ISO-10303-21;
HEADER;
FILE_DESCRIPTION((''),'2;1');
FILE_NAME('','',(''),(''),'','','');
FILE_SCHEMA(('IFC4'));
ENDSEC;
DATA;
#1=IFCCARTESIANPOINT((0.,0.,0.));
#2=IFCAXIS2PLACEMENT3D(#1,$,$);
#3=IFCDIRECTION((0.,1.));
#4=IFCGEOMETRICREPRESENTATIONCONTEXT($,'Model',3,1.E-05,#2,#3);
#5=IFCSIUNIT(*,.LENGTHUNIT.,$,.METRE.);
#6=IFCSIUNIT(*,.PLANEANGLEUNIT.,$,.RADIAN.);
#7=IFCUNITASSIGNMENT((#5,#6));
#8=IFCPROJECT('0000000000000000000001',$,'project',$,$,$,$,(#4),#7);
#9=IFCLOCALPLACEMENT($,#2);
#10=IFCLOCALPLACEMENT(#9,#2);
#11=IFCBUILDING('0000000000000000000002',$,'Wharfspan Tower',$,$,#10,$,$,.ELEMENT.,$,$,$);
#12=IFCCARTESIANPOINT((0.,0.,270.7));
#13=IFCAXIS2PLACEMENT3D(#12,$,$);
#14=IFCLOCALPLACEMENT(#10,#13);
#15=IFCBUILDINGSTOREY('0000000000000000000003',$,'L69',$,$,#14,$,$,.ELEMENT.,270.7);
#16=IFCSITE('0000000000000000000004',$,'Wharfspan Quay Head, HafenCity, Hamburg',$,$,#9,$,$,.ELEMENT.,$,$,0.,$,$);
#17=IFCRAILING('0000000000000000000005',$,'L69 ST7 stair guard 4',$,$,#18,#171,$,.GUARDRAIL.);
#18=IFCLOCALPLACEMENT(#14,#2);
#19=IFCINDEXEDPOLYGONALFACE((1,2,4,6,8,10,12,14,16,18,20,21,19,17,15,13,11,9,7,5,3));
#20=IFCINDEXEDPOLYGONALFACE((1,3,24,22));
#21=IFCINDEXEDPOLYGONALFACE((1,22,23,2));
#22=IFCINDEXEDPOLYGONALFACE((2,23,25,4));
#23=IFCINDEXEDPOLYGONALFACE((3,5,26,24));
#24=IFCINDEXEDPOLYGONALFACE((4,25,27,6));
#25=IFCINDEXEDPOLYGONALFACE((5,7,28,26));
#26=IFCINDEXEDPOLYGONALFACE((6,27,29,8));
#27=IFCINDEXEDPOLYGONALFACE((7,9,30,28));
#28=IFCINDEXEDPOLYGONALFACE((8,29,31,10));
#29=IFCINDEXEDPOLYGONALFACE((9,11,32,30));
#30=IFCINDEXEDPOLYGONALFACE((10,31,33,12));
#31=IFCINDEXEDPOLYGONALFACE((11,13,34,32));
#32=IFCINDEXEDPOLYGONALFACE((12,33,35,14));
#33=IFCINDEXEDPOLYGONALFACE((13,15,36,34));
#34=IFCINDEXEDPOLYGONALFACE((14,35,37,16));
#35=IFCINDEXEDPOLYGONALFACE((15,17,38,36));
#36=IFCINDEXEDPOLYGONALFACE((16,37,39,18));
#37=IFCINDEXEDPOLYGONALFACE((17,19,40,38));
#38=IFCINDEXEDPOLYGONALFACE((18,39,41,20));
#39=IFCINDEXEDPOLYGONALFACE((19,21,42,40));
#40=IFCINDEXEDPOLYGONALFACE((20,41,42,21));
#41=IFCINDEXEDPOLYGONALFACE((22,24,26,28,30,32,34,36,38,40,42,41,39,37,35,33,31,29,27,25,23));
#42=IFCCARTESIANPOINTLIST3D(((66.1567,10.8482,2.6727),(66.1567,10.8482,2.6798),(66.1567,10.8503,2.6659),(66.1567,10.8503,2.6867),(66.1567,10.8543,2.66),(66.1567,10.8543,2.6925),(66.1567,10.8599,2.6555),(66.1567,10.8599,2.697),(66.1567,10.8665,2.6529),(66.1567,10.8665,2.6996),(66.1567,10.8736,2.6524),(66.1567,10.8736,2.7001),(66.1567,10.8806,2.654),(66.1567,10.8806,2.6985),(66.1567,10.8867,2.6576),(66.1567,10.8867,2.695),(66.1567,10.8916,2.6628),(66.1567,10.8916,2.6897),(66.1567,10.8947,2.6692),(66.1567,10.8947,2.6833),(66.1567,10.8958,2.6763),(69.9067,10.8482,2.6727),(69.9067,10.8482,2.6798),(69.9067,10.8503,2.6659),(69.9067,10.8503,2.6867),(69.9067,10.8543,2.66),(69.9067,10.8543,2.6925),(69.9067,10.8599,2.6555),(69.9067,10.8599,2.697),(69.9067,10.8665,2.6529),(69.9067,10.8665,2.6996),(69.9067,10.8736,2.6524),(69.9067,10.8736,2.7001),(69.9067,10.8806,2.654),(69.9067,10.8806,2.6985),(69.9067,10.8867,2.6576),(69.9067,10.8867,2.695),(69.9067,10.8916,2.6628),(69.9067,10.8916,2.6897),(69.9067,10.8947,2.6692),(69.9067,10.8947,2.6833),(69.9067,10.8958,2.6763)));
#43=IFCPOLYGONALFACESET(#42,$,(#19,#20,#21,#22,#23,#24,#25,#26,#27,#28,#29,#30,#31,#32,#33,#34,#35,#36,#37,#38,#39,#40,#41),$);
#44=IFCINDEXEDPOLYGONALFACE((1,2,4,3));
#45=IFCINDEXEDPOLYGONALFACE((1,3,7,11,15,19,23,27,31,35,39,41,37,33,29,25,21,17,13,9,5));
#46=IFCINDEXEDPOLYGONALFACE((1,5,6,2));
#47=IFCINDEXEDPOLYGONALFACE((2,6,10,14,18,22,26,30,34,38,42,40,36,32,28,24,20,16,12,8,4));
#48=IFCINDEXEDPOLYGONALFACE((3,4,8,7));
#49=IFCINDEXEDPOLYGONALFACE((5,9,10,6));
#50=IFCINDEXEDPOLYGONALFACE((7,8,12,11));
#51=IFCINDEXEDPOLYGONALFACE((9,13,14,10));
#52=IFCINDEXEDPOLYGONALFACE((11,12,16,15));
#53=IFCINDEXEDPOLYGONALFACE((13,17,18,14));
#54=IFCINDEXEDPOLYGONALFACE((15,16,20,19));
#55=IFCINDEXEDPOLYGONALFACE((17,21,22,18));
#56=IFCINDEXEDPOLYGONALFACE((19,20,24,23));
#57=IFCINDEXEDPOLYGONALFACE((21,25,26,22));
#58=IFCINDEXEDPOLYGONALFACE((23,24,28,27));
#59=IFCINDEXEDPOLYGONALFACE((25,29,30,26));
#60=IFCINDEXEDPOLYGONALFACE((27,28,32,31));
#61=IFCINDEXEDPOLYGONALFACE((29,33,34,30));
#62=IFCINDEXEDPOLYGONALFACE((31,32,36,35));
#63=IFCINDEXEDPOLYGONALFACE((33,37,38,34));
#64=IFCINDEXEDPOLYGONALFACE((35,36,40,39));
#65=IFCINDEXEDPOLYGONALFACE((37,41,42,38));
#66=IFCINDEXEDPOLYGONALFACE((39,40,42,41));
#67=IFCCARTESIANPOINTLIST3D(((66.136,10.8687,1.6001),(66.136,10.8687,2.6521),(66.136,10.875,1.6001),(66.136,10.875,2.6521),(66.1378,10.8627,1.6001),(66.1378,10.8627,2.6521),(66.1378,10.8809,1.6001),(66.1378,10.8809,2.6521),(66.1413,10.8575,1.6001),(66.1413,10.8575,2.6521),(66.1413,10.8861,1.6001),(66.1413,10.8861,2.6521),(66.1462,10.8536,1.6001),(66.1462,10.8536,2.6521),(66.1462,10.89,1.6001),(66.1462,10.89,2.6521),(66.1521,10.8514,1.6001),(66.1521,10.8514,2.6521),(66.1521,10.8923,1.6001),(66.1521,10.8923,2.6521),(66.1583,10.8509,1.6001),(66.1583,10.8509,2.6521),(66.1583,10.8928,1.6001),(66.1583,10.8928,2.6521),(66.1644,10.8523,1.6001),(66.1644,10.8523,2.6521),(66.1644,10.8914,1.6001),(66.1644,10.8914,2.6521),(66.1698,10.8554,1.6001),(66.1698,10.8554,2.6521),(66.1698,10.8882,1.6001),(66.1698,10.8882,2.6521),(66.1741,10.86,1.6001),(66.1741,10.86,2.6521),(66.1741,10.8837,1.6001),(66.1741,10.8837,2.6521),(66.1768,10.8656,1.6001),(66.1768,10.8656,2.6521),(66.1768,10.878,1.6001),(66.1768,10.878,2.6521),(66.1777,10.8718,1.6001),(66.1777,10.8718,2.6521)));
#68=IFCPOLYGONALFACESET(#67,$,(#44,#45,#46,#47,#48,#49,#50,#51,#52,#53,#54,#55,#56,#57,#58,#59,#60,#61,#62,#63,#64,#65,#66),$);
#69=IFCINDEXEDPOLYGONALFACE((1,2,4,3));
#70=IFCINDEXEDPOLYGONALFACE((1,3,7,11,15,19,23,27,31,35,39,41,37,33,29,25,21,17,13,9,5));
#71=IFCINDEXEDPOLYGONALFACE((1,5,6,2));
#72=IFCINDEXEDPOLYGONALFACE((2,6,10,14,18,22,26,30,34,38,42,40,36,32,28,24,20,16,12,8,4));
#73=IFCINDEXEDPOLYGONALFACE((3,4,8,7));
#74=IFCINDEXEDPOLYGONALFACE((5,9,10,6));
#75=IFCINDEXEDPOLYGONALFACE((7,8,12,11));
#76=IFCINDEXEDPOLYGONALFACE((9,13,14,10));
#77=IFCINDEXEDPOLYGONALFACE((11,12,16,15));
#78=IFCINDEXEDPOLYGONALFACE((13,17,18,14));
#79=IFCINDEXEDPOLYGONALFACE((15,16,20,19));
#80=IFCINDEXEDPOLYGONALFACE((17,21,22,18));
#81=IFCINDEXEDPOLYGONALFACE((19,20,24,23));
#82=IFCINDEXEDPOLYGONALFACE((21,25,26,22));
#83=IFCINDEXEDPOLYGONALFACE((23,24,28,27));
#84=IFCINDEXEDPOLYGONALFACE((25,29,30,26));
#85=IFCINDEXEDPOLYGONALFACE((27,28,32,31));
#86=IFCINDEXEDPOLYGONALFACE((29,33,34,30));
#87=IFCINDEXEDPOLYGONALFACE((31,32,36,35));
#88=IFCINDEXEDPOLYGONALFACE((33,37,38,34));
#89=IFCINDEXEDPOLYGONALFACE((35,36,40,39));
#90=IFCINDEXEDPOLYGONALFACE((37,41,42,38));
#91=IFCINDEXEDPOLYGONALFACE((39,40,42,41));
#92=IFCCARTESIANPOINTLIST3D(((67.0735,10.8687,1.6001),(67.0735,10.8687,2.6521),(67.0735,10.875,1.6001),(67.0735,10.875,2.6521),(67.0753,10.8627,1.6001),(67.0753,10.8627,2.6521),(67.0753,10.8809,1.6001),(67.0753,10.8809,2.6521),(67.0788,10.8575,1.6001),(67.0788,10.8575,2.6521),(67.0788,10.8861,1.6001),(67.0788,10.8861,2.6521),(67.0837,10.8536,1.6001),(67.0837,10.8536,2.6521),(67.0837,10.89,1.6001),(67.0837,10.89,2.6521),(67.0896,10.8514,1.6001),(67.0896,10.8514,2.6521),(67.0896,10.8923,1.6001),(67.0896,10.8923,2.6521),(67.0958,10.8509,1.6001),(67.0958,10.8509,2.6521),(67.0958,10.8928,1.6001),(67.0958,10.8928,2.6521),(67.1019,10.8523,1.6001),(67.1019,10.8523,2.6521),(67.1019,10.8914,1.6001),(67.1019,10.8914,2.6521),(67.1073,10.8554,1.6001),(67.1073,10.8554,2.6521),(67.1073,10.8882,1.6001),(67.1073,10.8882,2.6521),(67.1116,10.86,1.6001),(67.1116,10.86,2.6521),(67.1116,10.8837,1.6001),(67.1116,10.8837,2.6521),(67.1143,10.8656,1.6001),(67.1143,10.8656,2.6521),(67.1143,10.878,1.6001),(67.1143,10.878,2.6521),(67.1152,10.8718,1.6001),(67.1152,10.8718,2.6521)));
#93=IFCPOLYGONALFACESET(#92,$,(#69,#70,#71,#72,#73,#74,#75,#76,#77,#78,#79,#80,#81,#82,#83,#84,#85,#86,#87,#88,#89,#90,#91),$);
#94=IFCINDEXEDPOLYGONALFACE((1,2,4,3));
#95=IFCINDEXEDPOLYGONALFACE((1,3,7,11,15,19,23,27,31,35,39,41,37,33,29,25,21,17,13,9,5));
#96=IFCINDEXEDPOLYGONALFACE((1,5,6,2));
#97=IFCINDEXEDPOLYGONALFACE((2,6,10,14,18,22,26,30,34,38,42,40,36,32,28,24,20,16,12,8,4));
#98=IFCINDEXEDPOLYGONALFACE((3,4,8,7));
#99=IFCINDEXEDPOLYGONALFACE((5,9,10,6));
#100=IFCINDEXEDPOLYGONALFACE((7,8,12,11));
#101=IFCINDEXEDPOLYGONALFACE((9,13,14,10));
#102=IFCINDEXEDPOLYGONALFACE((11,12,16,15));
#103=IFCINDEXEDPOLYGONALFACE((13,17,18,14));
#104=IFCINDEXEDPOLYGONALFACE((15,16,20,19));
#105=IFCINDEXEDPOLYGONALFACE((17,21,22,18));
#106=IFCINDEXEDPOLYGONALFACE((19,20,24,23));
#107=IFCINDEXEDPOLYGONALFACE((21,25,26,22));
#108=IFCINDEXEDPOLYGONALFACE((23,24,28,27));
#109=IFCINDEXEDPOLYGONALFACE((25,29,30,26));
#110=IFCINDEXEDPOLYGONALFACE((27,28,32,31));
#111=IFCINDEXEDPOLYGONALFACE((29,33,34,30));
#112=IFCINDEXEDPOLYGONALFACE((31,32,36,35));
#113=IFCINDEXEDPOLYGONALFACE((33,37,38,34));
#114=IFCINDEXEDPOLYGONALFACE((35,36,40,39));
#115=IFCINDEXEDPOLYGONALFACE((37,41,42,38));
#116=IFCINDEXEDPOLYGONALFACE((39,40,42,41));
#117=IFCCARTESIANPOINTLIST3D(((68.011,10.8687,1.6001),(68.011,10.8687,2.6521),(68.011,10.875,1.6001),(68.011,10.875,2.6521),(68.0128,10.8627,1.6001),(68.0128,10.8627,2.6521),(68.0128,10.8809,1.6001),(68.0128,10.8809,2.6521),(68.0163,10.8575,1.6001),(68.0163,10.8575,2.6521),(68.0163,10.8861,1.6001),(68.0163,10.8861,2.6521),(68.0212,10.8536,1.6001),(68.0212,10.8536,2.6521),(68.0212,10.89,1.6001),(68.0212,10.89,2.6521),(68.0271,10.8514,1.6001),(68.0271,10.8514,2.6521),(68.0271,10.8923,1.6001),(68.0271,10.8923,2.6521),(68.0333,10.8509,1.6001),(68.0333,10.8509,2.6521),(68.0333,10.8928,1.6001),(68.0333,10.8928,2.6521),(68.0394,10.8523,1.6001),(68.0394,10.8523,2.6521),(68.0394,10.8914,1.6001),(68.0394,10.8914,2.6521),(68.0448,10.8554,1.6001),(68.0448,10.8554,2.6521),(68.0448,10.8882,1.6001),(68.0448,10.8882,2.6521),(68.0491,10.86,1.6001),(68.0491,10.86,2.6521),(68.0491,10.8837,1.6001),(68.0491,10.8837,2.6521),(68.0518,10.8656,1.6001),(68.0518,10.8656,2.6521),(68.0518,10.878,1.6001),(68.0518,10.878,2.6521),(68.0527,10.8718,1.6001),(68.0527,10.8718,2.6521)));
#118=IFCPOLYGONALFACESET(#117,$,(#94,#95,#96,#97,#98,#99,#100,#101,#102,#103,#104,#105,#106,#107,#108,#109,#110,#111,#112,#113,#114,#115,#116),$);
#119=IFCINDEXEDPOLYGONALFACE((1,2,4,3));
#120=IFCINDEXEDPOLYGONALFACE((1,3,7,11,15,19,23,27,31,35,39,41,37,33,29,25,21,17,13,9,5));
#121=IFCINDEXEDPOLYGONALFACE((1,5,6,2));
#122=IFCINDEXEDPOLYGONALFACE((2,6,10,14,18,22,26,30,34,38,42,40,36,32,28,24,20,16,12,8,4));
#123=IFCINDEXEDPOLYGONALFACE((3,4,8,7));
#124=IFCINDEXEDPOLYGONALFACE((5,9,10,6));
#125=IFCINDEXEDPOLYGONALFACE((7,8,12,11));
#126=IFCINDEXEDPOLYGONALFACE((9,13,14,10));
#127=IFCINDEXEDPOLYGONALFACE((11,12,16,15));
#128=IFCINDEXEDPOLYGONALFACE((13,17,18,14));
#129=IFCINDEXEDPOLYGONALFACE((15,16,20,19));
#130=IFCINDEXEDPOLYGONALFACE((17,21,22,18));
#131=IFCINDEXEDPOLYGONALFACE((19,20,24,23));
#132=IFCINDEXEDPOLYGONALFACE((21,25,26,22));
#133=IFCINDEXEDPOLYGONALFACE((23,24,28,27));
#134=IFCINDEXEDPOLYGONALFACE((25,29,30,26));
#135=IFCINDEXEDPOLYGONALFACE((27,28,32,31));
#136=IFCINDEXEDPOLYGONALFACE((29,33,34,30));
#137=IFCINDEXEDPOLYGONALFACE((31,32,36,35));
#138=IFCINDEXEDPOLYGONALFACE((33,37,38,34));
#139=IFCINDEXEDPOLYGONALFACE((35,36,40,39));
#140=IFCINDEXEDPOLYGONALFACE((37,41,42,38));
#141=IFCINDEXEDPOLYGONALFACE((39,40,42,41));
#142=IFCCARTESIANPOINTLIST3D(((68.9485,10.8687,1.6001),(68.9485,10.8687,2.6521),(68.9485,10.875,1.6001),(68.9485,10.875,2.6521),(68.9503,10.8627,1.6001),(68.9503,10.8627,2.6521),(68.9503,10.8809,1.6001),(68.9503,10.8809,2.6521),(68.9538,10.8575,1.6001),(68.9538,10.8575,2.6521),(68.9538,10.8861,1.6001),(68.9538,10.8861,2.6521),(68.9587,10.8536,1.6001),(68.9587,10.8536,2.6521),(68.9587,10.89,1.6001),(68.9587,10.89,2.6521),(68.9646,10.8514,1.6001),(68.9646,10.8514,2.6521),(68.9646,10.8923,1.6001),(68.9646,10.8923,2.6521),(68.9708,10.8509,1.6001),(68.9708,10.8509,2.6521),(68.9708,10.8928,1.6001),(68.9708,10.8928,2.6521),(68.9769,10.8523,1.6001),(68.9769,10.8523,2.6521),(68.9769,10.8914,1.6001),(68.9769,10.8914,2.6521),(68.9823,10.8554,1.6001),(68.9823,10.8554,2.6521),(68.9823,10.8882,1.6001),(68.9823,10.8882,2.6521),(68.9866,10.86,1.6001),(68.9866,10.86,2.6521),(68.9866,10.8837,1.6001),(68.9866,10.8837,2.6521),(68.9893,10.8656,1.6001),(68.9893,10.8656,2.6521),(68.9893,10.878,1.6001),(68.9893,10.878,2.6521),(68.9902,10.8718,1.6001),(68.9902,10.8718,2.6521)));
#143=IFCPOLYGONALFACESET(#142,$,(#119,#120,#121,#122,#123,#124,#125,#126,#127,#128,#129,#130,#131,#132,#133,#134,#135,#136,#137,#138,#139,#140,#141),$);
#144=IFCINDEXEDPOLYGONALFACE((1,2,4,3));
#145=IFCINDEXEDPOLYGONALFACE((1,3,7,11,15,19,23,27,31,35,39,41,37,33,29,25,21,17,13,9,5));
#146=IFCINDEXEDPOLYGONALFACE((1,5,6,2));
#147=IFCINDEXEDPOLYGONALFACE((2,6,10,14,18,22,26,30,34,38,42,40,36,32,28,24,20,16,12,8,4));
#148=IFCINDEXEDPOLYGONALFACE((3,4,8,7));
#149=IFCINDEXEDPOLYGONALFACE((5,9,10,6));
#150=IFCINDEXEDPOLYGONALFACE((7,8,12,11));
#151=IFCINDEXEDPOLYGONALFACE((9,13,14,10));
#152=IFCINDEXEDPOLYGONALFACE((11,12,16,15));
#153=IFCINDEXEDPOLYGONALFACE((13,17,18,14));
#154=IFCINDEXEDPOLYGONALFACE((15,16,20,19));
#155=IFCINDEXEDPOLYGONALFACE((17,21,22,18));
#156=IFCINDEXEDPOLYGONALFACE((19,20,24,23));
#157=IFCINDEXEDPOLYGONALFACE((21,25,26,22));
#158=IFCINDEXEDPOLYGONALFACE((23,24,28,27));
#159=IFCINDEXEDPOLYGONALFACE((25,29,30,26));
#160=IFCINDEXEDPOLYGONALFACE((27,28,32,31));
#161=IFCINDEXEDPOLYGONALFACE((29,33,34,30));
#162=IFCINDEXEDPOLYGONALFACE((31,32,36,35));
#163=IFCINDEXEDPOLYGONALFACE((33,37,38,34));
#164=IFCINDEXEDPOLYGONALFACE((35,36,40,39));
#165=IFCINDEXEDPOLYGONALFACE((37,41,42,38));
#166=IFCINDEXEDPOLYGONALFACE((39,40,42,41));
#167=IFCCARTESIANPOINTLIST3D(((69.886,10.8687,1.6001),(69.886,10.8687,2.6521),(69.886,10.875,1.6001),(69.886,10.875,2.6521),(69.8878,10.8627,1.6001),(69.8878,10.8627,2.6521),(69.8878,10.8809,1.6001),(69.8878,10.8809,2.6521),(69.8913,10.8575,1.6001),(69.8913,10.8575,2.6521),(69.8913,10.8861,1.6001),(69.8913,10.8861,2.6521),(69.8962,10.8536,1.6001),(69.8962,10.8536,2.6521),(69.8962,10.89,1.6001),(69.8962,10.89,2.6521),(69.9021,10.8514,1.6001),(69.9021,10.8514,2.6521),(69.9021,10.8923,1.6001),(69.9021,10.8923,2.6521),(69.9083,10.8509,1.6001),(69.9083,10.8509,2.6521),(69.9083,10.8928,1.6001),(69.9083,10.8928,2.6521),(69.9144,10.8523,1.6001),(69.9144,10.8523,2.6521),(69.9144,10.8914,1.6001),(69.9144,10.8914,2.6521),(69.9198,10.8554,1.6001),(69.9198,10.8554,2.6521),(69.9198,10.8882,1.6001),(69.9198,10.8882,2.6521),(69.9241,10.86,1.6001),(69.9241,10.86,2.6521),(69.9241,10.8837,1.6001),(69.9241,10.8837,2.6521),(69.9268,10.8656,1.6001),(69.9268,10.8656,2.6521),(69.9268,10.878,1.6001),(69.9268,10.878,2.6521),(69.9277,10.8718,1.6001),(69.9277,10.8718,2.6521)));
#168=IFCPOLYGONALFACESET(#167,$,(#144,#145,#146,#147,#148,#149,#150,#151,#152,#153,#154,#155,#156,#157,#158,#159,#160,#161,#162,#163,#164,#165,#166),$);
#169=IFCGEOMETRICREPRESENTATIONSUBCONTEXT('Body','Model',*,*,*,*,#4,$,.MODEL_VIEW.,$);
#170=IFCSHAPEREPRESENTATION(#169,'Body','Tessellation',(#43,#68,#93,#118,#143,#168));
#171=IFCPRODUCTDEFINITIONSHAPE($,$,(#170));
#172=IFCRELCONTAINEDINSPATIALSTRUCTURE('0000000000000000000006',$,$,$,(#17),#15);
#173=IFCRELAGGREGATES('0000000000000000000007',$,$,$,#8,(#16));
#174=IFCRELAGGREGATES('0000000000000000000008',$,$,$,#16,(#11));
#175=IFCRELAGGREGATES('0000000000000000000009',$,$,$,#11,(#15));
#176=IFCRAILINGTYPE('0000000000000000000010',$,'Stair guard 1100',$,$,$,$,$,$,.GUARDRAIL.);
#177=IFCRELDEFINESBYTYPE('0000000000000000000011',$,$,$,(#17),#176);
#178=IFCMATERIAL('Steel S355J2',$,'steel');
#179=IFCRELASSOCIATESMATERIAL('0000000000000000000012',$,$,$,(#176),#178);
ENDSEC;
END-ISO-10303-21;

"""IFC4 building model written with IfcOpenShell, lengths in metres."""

from ifc_helpers import new_model, si_unit, direction, frame, origin, origin_2d, place, context, subcontext, project, spatial, circle, extrude, material, type_object, element, save


model = new_model("IFC4")

# Units and contexts
model_context = context("Model", 3, precision=1e-05, world=origin(), true_north=direction((0.0, 1.0)))
body_context = subcontext(model_context, "Body", "Model", "MODEL_VIEW")
ifc_project = project(units=[si_unit("LENGTHUNIT", "METRE"), si_unit("PLANEANGLEUNIT", "RADIAN")], contexts=[model_context])

# Site, building, storey
site_placement = place(None, origin())
site = spatial("IfcSite", under=ifc_project, at=site_placement, Name="Wharfspan Quay Head, HafenCity, Hamburg", CompositionType="ELEMENT", RefElevation=0.0)
building_placement = place(site_placement, origin())
building = spatial("IfcBuilding", under=site, at=building_placement, Name="Wharfspan Tower", CompositionType="ELEMENT")
storey_placement = place(building_placement, frame((0.0, 0.0, 270.7)))
storey = spatial("IfcBuildingStorey", under=building, at=storey_placement, Name="L69", CompositionType="ELEMENT", Elevation=270.7)

# Shared definitions
ifc_material_1 = material(Name="Steel S355J2", Category="steel")

# Railing
railing_type_1 = type_object("IfcRailingType", Name="Stair guard 1100", PredefinedType="GUARDRAIL", material=ifc_material_1)
railing_1_placement = place(storey_placement, frame((66.1567, 10.8718, 1.6001)))
element("IfcRailing", 1, at=railing_1_placement, inside=storey, type_object=railing_type_1, Name="L69 ST7 stair guard 4", PredefinedType="GUARDRAIL", context=body_context, shape_type="SweptSolid", body=[
    extrude(circle(Radius=0.0239, at=origin_2d()), frame((0.0, 0.0, 1.0762), z_axis=(1.0, 0.0, 0.0), x_axis=(0.0, 1.0, 0.0)), (0.0, 0.0, 1.0), 3.75),
    extrude(circle(Radius=0.021, at=origin_2d()), origin(), (0.0, 0.0, 1.0), 1.052),
    extrude(circle(Radius=0.021, at=origin_2d()), frame((0.9375, 0.0, 0.0)), (0.0, 0.0, 1.0), 1.052),
    extrude(circle(Radius=0.021, at=origin_2d()), frame((1.875, 0.0, 0.0)), (0.0, 0.0, 1.0), 1.052),
    extrude(circle(Radius=0.021, at=origin_2d()), frame((2.8125, 0.0, 0.0)), (0.0, 0.0, 1.0), 1.052),
    extrude(circle(Radius=0.021, at=origin_2d()), frame((3.75, 0.0, 0.0)), (0.0, 0.0, 1.0), 1.052),
])

save(model, "model.ifc")
